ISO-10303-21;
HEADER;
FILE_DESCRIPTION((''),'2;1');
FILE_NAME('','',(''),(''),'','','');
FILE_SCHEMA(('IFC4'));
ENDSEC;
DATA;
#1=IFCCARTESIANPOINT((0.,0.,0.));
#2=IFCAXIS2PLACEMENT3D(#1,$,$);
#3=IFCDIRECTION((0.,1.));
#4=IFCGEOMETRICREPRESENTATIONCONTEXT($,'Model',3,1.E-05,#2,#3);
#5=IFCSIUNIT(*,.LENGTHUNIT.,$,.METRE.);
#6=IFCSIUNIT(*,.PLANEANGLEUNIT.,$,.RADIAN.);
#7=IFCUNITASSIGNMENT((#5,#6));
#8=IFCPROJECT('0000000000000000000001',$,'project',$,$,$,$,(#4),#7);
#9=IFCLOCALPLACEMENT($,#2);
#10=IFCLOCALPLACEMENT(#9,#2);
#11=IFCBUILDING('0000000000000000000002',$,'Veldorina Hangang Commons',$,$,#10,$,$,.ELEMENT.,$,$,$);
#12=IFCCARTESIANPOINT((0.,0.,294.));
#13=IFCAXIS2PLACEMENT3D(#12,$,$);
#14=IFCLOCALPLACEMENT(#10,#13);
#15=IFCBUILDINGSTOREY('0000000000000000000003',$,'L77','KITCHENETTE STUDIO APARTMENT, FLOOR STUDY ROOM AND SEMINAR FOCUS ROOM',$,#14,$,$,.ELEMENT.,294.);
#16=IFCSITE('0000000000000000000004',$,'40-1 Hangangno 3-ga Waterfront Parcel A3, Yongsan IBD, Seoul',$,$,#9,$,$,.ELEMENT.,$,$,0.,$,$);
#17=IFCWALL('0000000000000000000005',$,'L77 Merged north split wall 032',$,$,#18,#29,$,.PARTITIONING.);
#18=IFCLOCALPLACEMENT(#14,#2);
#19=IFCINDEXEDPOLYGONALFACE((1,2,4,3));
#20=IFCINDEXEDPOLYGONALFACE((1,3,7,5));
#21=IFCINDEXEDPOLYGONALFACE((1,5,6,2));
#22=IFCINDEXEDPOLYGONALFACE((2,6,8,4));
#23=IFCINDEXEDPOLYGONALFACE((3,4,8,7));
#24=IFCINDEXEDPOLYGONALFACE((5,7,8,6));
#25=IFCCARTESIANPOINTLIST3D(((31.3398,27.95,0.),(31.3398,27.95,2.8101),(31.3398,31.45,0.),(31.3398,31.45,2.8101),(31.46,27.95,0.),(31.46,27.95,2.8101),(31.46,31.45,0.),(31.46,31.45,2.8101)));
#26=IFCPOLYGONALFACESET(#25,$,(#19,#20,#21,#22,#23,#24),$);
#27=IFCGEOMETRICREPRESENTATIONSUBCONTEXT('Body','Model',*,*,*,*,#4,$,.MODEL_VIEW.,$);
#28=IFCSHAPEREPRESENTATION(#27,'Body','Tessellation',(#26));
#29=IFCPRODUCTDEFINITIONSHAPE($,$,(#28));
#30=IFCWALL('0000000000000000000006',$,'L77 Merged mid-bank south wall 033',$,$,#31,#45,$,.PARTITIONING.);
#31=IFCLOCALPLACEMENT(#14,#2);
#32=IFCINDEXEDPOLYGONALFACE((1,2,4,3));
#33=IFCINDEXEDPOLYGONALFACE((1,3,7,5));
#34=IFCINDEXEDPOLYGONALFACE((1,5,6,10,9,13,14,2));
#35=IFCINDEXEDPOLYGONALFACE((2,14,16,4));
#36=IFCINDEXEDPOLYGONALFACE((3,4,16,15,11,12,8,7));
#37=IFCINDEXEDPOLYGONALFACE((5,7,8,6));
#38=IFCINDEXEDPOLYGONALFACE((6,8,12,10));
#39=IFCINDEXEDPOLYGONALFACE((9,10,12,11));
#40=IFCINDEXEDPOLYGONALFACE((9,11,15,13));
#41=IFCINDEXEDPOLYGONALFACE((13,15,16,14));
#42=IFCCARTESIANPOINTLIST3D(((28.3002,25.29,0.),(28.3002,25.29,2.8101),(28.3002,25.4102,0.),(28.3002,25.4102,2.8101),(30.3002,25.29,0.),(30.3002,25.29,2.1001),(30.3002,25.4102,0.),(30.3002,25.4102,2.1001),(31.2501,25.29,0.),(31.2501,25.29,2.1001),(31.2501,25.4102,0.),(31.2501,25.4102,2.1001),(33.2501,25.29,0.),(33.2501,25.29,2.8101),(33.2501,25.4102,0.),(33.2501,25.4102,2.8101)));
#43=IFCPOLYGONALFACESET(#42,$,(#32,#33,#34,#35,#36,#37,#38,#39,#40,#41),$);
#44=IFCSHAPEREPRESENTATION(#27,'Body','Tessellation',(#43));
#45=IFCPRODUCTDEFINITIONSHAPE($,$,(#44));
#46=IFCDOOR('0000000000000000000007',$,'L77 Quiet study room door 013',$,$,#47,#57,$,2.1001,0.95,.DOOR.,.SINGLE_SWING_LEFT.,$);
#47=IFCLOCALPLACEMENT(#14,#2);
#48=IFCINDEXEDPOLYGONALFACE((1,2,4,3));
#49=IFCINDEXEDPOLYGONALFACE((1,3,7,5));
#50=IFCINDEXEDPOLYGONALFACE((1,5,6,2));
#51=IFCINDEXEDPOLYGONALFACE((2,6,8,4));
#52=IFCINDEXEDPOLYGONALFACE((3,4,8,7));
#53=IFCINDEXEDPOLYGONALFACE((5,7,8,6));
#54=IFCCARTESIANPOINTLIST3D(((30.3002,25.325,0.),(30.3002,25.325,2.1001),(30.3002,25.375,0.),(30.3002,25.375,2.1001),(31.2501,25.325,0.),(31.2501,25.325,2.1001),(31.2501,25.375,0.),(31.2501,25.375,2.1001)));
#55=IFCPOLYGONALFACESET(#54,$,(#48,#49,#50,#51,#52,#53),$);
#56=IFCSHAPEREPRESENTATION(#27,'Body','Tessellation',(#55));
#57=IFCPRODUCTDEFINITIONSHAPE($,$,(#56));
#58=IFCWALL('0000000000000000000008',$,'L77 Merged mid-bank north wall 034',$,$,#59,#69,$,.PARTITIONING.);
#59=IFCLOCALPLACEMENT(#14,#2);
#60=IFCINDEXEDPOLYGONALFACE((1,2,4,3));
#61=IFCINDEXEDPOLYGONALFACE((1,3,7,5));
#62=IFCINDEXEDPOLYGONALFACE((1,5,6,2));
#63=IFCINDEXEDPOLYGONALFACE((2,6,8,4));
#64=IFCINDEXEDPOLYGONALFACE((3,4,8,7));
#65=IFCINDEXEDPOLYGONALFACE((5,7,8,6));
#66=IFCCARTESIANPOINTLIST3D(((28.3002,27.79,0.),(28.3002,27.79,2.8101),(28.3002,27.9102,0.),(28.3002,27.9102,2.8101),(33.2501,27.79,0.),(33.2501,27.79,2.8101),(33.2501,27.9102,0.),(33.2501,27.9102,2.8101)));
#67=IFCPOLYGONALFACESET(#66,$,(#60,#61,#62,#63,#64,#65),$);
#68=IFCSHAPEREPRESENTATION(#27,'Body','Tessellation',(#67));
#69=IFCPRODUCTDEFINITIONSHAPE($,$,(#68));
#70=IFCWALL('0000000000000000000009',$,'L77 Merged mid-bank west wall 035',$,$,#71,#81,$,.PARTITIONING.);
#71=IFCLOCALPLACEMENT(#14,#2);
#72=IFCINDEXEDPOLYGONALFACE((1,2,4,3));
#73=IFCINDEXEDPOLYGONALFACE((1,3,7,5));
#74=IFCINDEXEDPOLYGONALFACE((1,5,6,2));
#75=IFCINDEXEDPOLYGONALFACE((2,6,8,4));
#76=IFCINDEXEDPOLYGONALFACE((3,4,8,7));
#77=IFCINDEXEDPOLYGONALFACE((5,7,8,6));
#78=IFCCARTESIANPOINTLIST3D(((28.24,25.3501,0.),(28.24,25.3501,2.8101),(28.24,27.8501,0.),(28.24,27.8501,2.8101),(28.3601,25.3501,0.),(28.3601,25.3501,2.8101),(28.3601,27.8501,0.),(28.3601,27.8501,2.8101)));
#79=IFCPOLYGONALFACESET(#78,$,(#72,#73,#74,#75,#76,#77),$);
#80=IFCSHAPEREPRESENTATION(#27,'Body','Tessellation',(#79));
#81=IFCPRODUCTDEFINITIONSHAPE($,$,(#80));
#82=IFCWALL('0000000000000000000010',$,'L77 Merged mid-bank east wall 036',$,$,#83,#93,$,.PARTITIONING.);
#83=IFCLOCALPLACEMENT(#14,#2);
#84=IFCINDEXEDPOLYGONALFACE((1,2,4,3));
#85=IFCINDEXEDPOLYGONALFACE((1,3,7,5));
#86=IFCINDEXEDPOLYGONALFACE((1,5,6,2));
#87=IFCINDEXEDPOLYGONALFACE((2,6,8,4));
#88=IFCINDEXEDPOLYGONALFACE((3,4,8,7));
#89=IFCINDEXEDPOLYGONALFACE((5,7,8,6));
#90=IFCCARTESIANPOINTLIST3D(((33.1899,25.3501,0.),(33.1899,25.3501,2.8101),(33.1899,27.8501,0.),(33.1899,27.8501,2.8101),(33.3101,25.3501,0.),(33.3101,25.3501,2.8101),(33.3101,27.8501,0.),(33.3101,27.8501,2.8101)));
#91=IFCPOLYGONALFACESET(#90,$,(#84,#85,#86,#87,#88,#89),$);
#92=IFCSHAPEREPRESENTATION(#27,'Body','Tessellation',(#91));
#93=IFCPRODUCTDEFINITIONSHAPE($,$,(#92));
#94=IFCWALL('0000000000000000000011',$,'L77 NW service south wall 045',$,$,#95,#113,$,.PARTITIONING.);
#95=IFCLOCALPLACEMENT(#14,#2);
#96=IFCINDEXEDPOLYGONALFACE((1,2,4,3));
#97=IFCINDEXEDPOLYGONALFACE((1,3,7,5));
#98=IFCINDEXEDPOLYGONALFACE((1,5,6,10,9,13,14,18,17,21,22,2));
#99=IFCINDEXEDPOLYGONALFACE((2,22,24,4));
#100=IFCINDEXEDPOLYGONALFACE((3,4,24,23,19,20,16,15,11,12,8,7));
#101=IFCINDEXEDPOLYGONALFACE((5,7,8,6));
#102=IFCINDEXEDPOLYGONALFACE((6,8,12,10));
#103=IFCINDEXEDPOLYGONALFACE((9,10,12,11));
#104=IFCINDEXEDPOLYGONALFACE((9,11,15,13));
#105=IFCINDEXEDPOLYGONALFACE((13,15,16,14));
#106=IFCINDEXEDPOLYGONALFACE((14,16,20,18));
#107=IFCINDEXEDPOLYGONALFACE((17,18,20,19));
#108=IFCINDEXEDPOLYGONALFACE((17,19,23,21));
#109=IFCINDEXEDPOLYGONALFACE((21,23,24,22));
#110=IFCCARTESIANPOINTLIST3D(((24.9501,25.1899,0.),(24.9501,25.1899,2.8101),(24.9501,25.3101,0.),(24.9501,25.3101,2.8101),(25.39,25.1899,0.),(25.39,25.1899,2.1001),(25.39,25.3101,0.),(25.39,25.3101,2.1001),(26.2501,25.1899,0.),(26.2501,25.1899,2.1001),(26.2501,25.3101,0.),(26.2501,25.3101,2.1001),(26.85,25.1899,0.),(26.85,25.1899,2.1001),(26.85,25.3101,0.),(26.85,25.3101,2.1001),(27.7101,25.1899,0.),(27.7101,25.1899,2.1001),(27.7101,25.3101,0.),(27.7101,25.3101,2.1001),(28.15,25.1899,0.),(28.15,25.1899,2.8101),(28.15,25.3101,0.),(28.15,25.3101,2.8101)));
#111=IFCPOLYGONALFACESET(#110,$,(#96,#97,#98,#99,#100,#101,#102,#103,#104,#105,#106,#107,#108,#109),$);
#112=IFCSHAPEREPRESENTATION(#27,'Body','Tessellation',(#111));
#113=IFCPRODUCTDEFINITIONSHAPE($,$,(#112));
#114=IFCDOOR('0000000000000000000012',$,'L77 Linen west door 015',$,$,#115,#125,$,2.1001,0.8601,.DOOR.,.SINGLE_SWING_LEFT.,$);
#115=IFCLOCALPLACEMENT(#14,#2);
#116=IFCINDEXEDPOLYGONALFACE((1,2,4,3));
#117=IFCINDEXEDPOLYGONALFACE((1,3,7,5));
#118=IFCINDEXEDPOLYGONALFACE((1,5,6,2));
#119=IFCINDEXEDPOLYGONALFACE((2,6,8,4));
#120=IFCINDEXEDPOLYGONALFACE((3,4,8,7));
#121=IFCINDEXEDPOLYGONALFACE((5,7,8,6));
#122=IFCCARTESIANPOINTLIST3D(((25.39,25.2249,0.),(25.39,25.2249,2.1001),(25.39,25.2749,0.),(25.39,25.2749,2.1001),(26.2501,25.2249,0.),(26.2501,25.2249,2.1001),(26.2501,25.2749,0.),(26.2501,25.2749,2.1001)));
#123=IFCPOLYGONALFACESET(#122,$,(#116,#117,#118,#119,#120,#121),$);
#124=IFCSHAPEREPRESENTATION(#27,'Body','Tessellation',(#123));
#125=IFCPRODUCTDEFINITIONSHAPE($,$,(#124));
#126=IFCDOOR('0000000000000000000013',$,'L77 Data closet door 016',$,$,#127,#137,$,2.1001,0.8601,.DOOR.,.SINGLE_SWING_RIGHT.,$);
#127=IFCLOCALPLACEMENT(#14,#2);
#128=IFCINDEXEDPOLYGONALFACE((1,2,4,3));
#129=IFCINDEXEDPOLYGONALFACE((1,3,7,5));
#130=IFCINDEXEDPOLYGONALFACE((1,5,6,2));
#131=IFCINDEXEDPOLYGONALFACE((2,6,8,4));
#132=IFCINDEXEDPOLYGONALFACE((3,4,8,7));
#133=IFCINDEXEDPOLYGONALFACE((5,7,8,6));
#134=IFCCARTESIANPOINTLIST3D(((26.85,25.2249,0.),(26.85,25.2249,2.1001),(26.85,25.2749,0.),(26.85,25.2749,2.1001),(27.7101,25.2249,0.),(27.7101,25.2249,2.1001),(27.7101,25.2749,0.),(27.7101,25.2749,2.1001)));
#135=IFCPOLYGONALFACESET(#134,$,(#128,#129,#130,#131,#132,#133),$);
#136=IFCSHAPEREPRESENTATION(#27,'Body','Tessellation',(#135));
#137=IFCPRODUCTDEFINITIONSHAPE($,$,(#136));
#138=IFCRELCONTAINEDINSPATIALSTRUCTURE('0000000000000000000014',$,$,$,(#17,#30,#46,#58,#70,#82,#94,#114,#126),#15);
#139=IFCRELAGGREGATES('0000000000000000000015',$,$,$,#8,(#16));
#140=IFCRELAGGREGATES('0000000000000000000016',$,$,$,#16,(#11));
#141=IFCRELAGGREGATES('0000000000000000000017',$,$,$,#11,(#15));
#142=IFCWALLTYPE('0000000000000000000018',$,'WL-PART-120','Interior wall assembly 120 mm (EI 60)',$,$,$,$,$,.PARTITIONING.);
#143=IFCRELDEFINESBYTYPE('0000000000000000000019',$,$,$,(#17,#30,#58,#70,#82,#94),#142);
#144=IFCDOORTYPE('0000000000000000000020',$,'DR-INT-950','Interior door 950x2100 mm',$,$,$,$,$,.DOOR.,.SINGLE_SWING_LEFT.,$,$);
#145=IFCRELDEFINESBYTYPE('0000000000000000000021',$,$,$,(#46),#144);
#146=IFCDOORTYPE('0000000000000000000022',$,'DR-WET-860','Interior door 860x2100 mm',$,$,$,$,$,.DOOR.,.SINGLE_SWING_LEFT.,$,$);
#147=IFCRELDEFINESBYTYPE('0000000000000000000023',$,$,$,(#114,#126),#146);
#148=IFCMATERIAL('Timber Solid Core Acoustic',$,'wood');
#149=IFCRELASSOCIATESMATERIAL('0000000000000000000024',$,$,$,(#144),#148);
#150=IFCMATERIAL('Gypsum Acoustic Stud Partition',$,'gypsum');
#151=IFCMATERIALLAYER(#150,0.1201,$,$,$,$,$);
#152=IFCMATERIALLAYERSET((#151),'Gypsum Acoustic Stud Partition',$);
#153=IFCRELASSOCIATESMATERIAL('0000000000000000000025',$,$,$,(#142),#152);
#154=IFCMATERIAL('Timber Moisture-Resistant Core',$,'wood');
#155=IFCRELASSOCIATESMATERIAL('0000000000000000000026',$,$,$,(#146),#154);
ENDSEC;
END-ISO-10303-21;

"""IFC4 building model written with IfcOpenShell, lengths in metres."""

from ifc_helpers import new_model, si_unit, direction, frame, frame_2d, origin, place, context, subcontext, project, spatial, rectangle, extrude, material, layer, layer_set, type_object, element, fill, save


model = new_model("IFC4")

# Units and contexts
model_context = context("Model", 3, precision=1e-05, world=origin(), true_north=direction((0.0, 1.0)))
body_context = subcontext(model_context, "Body", "Model", "MODEL_VIEW")
ifc_project = project(units=[si_unit("LENGTHUNIT", "METRE"), si_unit("PLANEANGLEUNIT", "RADIAN")], contexts=[model_context])

# Site, building, storey
site_placement = place(None, origin())
site = spatial("IfcSite", under=ifc_project, at=site_placement, Name="40-1 Hangangno 3-ga Waterfront Parcel A3, Yongsan IBD, Seoul", CompositionType="ELEMENT", RefElevation=0.0)
building_placement = place(site_placement, origin())
building = spatial("IfcBuilding", under=site, at=building_placement, Name="Veldorina Hangang Commons", CompositionType="ELEMENT")
storey_placement = place(building_placement, frame((0.0, 0.0, 294.0)))
storey = spatial("IfcBuildingStorey", under=building, at=storey_placement, Name="L77", Description="KITCHENETTE STUDIO APARTMENT, FLOOR STUDY ROOM AND SEMINAR FOCUS ROOM", CompositionType="ELEMENT", Elevation=294.0)

# Shared definitions
ifc_material_1 = material(Name="Timber Solid Core Acoustic", Category="wood")
door_type_1 = type_object("IfcDoorType", Name="DR-INT-950", Description="Interior door 950x2100 mm", OperationType="SINGLE_SWING_LEFT", PredefinedType="DOOR", material=ifc_material_1)

# Wall
ifc_material_2 = material(Name="Gypsum Acoustic Stud Partition", Category="gypsum")
ifc_layer_1 = layer(ifc_material_2, 0.1201)
ifc_layer_set_1 = layer_set([ifc_layer_1], Name="Gypsum Acoustic Stud Partition")
wall_type_1 = type_object("IfcWallType", Name="WL-PART-120", Description="Interior wall assembly 120 mm (EI 60)", PredefinedType="PARTITIONING", material=ifc_layer_set_1)
wall_1_placement = place(storey_placement, frame((31.3999, 27.95, 0.0), z_axis=(0.0, 0.0, 1.0), x_axis=(0.0, 1.0, 0.0)))
element("IfcWall", 1, at=wall_1_placement, inside=storey, type_object=wall_type_1, Name="L77 Merged north split wall 032", PredefinedType="PARTITIONING", context=body_context, shape_type="SweptSolid", body=[
    extrude(rectangle(XDim=3.5, YDim=0.1201, at=frame_2d((1.75, 0.0))), origin(), (0.0, 0.0, 1.0), 2.8101),
])

# Wall, opening, door
wall_2_placement = place(storey_placement, frame((28.3, 25.3501, 0.0), z_axis=(0.0, 0.0, 1.0), x_axis=(1.0, 0.0, 0.0)))
wall_2 = element("IfcWall", 2, at=wall_2_placement, inside=storey, type_object=wall_type_1, Name="L77 Merged mid-bank south wall 033", PredefinedType="PARTITIONING", context=body_context, shape_type="SweptSolid", body=[
    extrude(rectangle(XDim=4.95, YDim=0.1201, at=frame_2d((2.4751, 0.0))), origin(), (0.0, 0.0, 1.0), 2.8101),
])
opening_1_placement = place(wall_2_placement, frame((2.0, 0.0, 0.0)))
opening_1 = element("IfcOpeningElement", 3, at=opening_1_placement, cuts=wall_2, PredefinedType="OPENING", context=body_context, shape_type="SweptSolid", body=[
    extrude(rectangle(XDim=0.95, YDim=2.1001, at=frame_2d((0.4751, 1.05))), frame((0.0, 0.0701, 0.0), z_axis=(0.0, -1.0, 0.0), x_axis=(1.0, 0.0, 0.0)), (0.0, 0.0, 1.0), 0.1401),
])
door_1_placement = place(opening_1_placement, origin())
door_1 = element("IfcDoor", 4, at=door_1_placement, inside=storey, type_object=door_type_1, Name="L77 Quiet study room door 013", OperationType="SINGLE_SWING_LEFT", OverallHeight=2.1001, OverallWidth=0.95, PredefinedType="DOOR", context=body_context, shape_type="SweptSolid", body=[
    extrude(rectangle(XDim=0.95, YDim=2.1001, at=frame_2d((0.4751, 1.05))), frame((0.0, 0.0249, 0.0), z_axis=(0.0, -1.0, 0.0), x_axis=(1.0, 0.0, 0.0)), (0.0, 0.0, 1.0), 0.05),
])
fill(opening_1, door_1)

# Walls
wall_3_placement = place(storey_placement, frame((28.3, 27.8501, 0.0), z_axis=(0.0, 0.0, 1.0), x_axis=(1.0, 0.0, 0.0)))
element("IfcWall", 5, at=wall_3_placement, inside=storey, type_object=wall_type_1, Name="L77 Merged mid-bank north wall 034", PredefinedType="PARTITIONING", context=body_context, shape_type="SweptSolid", body=[
    extrude(rectangle(XDim=4.95, YDim=0.1201, at=frame_2d((2.4751, 0.0))), origin(), (0.0, 0.0, 1.0), 2.8101),
])
for number, where, z_axis, x_axis, name in (
    (6, (28.3, 25.3501, 0.0), (0.0, 0.0, 1.0), (0.0, 1.0, 0.0), "L77 Merged mid-bank west wall 035"),
    (7, (33.25, 25.3501, 0.0), (0.0, 0.0, 1.0), (0.0, 1.0, 0.0), "L77 Merged mid-bank east wall 036"),
):
    element("IfcWall", number, at=place(storey_placement, frame(where, z_axis=z_axis, x_axis=x_axis)), inside=storey, type_object=wall_type_1, Name=name, PredefinedType="PARTITIONING", context=body_context, shape_type="SweptSolid", body=[
        extrude(rectangle(XDim=2.5, YDim=0.1201, at=frame_2d((1.25, 0.0))), origin(), (0.0, 0.0, 1.0), 2.8101),
    ])

# Wall, openings, doors
wall_4_placement = place(storey_placement, frame((24.95, 25.25, 0.0), z_axis=(0.0, 0.0, 1.0), x_axis=(1.0, 0.0, 0.0)))
wall_4 = element("IfcWall", 8, at=wall_4_placement, inside=storey, type_object=wall_type_1, Name="L77 NW service south wall 045", PredefinedType="PARTITIONING", context=body_context, shape_type="SweptSolid", body=[
    extrude(rectangle(XDim=3.2, YDim=0.1201, at=frame_2d((1.6001, 0.0))), origin(), (0.0, 0.0, 1.0), 2.8101),
])
opening_2_placement = place(wall_4_placement, frame((0.4399, 0.0, 0.0)))
opening_2 = element("IfcOpeningElement", 9, at=opening_2_placement, cuts=wall_4, PredefinedType="OPENING", context=body_context, shape_type="SweptSolid", body=[
    extrude(rectangle(XDim=0.8601, YDim=2.1001, at=frame_2d((0.4302, 1.05))), frame((0.0, 0.0701, 0.0), z_axis=(0.0, -1.0, 0.0), x_axis=(1.0, 0.0, 0.0)), (0.0, 0.0, 1.0), 0.1401),
])
opening_3_placement = place(wall_4_placement, frame((1.8999, 0.0, 0.0)))
opening_3 = element("IfcOpeningElement", 10, at=opening_3_placement, cuts=wall_4, PredefinedType="OPENING", context=body_context, shape_type="SweptSolid", body=[
    extrude(rectangle(XDim=0.8601, YDim=2.1001, at=frame_2d((0.4302, 1.05))), frame((0.0, 0.0701, 0.0), z_axis=(0.0, -1.0, 0.0), x_axis=(1.0, 0.0, 0.0)), (0.0, 0.0, 1.0), 0.1401),
])
ifc_material_3 = material(Name="Timber Moisture-Resistant Core", Category="wood")
door_type_2 = type_object("IfcDoorType", Name="DR-WET-860", Description="Interior door 860x2100 mm", OperationType="SINGLE_SWING_LEFT", PredefinedType="DOOR", material=ifc_material_3)
door_2_placement = place(opening_2_placement, origin())
door_2 = element("IfcDoor", 11, at=door_2_placement, inside=storey, type_object=door_type_2, Name="L77 Linen west door 015", OperationType="SINGLE_SWING_LEFT", OverallHeight=2.1001, OverallWidth=0.8601, PredefinedType="DOOR", context=body_context, shape_type="SweptSolid", body=[
    extrude(rectangle(XDim=0.8601, YDim=2.1001, at=frame_2d((0.4302, 1.05))), frame((0.0, 0.0249, 0.0), z_axis=(0.0, -1.0, 0.0), x_axis=(1.0, 0.0, 0.0)), (0.0, 0.0, 1.0), 0.05),
])
fill(opening_2, door_2)
door_3_placement = place(opening_3_placement, origin())
door_3 = element("IfcDoor", 12, at=door_3_placement, inside=storey, type_object=door_type_2, Name="L77 Data closet door 016", OperationType="SINGLE_SWING_RIGHT", OverallHeight=2.1001, OverallWidth=0.8601, PredefinedType="DOOR", context=body_context, shape_type="SweptSolid", body=[
    extrude(rectangle(XDim=0.8601, YDim=2.1001, at=frame_2d((0.4302, 1.05))), frame((0.0, 0.0249, 0.0), z_axis=(0.0, -1.0, 0.0), x_axis=(1.0, 0.0, 0.0)), (0.0, 0.0, 1.0), 0.05),
])
fill(opening_3, door_3)

save(model, "model.ifc")
